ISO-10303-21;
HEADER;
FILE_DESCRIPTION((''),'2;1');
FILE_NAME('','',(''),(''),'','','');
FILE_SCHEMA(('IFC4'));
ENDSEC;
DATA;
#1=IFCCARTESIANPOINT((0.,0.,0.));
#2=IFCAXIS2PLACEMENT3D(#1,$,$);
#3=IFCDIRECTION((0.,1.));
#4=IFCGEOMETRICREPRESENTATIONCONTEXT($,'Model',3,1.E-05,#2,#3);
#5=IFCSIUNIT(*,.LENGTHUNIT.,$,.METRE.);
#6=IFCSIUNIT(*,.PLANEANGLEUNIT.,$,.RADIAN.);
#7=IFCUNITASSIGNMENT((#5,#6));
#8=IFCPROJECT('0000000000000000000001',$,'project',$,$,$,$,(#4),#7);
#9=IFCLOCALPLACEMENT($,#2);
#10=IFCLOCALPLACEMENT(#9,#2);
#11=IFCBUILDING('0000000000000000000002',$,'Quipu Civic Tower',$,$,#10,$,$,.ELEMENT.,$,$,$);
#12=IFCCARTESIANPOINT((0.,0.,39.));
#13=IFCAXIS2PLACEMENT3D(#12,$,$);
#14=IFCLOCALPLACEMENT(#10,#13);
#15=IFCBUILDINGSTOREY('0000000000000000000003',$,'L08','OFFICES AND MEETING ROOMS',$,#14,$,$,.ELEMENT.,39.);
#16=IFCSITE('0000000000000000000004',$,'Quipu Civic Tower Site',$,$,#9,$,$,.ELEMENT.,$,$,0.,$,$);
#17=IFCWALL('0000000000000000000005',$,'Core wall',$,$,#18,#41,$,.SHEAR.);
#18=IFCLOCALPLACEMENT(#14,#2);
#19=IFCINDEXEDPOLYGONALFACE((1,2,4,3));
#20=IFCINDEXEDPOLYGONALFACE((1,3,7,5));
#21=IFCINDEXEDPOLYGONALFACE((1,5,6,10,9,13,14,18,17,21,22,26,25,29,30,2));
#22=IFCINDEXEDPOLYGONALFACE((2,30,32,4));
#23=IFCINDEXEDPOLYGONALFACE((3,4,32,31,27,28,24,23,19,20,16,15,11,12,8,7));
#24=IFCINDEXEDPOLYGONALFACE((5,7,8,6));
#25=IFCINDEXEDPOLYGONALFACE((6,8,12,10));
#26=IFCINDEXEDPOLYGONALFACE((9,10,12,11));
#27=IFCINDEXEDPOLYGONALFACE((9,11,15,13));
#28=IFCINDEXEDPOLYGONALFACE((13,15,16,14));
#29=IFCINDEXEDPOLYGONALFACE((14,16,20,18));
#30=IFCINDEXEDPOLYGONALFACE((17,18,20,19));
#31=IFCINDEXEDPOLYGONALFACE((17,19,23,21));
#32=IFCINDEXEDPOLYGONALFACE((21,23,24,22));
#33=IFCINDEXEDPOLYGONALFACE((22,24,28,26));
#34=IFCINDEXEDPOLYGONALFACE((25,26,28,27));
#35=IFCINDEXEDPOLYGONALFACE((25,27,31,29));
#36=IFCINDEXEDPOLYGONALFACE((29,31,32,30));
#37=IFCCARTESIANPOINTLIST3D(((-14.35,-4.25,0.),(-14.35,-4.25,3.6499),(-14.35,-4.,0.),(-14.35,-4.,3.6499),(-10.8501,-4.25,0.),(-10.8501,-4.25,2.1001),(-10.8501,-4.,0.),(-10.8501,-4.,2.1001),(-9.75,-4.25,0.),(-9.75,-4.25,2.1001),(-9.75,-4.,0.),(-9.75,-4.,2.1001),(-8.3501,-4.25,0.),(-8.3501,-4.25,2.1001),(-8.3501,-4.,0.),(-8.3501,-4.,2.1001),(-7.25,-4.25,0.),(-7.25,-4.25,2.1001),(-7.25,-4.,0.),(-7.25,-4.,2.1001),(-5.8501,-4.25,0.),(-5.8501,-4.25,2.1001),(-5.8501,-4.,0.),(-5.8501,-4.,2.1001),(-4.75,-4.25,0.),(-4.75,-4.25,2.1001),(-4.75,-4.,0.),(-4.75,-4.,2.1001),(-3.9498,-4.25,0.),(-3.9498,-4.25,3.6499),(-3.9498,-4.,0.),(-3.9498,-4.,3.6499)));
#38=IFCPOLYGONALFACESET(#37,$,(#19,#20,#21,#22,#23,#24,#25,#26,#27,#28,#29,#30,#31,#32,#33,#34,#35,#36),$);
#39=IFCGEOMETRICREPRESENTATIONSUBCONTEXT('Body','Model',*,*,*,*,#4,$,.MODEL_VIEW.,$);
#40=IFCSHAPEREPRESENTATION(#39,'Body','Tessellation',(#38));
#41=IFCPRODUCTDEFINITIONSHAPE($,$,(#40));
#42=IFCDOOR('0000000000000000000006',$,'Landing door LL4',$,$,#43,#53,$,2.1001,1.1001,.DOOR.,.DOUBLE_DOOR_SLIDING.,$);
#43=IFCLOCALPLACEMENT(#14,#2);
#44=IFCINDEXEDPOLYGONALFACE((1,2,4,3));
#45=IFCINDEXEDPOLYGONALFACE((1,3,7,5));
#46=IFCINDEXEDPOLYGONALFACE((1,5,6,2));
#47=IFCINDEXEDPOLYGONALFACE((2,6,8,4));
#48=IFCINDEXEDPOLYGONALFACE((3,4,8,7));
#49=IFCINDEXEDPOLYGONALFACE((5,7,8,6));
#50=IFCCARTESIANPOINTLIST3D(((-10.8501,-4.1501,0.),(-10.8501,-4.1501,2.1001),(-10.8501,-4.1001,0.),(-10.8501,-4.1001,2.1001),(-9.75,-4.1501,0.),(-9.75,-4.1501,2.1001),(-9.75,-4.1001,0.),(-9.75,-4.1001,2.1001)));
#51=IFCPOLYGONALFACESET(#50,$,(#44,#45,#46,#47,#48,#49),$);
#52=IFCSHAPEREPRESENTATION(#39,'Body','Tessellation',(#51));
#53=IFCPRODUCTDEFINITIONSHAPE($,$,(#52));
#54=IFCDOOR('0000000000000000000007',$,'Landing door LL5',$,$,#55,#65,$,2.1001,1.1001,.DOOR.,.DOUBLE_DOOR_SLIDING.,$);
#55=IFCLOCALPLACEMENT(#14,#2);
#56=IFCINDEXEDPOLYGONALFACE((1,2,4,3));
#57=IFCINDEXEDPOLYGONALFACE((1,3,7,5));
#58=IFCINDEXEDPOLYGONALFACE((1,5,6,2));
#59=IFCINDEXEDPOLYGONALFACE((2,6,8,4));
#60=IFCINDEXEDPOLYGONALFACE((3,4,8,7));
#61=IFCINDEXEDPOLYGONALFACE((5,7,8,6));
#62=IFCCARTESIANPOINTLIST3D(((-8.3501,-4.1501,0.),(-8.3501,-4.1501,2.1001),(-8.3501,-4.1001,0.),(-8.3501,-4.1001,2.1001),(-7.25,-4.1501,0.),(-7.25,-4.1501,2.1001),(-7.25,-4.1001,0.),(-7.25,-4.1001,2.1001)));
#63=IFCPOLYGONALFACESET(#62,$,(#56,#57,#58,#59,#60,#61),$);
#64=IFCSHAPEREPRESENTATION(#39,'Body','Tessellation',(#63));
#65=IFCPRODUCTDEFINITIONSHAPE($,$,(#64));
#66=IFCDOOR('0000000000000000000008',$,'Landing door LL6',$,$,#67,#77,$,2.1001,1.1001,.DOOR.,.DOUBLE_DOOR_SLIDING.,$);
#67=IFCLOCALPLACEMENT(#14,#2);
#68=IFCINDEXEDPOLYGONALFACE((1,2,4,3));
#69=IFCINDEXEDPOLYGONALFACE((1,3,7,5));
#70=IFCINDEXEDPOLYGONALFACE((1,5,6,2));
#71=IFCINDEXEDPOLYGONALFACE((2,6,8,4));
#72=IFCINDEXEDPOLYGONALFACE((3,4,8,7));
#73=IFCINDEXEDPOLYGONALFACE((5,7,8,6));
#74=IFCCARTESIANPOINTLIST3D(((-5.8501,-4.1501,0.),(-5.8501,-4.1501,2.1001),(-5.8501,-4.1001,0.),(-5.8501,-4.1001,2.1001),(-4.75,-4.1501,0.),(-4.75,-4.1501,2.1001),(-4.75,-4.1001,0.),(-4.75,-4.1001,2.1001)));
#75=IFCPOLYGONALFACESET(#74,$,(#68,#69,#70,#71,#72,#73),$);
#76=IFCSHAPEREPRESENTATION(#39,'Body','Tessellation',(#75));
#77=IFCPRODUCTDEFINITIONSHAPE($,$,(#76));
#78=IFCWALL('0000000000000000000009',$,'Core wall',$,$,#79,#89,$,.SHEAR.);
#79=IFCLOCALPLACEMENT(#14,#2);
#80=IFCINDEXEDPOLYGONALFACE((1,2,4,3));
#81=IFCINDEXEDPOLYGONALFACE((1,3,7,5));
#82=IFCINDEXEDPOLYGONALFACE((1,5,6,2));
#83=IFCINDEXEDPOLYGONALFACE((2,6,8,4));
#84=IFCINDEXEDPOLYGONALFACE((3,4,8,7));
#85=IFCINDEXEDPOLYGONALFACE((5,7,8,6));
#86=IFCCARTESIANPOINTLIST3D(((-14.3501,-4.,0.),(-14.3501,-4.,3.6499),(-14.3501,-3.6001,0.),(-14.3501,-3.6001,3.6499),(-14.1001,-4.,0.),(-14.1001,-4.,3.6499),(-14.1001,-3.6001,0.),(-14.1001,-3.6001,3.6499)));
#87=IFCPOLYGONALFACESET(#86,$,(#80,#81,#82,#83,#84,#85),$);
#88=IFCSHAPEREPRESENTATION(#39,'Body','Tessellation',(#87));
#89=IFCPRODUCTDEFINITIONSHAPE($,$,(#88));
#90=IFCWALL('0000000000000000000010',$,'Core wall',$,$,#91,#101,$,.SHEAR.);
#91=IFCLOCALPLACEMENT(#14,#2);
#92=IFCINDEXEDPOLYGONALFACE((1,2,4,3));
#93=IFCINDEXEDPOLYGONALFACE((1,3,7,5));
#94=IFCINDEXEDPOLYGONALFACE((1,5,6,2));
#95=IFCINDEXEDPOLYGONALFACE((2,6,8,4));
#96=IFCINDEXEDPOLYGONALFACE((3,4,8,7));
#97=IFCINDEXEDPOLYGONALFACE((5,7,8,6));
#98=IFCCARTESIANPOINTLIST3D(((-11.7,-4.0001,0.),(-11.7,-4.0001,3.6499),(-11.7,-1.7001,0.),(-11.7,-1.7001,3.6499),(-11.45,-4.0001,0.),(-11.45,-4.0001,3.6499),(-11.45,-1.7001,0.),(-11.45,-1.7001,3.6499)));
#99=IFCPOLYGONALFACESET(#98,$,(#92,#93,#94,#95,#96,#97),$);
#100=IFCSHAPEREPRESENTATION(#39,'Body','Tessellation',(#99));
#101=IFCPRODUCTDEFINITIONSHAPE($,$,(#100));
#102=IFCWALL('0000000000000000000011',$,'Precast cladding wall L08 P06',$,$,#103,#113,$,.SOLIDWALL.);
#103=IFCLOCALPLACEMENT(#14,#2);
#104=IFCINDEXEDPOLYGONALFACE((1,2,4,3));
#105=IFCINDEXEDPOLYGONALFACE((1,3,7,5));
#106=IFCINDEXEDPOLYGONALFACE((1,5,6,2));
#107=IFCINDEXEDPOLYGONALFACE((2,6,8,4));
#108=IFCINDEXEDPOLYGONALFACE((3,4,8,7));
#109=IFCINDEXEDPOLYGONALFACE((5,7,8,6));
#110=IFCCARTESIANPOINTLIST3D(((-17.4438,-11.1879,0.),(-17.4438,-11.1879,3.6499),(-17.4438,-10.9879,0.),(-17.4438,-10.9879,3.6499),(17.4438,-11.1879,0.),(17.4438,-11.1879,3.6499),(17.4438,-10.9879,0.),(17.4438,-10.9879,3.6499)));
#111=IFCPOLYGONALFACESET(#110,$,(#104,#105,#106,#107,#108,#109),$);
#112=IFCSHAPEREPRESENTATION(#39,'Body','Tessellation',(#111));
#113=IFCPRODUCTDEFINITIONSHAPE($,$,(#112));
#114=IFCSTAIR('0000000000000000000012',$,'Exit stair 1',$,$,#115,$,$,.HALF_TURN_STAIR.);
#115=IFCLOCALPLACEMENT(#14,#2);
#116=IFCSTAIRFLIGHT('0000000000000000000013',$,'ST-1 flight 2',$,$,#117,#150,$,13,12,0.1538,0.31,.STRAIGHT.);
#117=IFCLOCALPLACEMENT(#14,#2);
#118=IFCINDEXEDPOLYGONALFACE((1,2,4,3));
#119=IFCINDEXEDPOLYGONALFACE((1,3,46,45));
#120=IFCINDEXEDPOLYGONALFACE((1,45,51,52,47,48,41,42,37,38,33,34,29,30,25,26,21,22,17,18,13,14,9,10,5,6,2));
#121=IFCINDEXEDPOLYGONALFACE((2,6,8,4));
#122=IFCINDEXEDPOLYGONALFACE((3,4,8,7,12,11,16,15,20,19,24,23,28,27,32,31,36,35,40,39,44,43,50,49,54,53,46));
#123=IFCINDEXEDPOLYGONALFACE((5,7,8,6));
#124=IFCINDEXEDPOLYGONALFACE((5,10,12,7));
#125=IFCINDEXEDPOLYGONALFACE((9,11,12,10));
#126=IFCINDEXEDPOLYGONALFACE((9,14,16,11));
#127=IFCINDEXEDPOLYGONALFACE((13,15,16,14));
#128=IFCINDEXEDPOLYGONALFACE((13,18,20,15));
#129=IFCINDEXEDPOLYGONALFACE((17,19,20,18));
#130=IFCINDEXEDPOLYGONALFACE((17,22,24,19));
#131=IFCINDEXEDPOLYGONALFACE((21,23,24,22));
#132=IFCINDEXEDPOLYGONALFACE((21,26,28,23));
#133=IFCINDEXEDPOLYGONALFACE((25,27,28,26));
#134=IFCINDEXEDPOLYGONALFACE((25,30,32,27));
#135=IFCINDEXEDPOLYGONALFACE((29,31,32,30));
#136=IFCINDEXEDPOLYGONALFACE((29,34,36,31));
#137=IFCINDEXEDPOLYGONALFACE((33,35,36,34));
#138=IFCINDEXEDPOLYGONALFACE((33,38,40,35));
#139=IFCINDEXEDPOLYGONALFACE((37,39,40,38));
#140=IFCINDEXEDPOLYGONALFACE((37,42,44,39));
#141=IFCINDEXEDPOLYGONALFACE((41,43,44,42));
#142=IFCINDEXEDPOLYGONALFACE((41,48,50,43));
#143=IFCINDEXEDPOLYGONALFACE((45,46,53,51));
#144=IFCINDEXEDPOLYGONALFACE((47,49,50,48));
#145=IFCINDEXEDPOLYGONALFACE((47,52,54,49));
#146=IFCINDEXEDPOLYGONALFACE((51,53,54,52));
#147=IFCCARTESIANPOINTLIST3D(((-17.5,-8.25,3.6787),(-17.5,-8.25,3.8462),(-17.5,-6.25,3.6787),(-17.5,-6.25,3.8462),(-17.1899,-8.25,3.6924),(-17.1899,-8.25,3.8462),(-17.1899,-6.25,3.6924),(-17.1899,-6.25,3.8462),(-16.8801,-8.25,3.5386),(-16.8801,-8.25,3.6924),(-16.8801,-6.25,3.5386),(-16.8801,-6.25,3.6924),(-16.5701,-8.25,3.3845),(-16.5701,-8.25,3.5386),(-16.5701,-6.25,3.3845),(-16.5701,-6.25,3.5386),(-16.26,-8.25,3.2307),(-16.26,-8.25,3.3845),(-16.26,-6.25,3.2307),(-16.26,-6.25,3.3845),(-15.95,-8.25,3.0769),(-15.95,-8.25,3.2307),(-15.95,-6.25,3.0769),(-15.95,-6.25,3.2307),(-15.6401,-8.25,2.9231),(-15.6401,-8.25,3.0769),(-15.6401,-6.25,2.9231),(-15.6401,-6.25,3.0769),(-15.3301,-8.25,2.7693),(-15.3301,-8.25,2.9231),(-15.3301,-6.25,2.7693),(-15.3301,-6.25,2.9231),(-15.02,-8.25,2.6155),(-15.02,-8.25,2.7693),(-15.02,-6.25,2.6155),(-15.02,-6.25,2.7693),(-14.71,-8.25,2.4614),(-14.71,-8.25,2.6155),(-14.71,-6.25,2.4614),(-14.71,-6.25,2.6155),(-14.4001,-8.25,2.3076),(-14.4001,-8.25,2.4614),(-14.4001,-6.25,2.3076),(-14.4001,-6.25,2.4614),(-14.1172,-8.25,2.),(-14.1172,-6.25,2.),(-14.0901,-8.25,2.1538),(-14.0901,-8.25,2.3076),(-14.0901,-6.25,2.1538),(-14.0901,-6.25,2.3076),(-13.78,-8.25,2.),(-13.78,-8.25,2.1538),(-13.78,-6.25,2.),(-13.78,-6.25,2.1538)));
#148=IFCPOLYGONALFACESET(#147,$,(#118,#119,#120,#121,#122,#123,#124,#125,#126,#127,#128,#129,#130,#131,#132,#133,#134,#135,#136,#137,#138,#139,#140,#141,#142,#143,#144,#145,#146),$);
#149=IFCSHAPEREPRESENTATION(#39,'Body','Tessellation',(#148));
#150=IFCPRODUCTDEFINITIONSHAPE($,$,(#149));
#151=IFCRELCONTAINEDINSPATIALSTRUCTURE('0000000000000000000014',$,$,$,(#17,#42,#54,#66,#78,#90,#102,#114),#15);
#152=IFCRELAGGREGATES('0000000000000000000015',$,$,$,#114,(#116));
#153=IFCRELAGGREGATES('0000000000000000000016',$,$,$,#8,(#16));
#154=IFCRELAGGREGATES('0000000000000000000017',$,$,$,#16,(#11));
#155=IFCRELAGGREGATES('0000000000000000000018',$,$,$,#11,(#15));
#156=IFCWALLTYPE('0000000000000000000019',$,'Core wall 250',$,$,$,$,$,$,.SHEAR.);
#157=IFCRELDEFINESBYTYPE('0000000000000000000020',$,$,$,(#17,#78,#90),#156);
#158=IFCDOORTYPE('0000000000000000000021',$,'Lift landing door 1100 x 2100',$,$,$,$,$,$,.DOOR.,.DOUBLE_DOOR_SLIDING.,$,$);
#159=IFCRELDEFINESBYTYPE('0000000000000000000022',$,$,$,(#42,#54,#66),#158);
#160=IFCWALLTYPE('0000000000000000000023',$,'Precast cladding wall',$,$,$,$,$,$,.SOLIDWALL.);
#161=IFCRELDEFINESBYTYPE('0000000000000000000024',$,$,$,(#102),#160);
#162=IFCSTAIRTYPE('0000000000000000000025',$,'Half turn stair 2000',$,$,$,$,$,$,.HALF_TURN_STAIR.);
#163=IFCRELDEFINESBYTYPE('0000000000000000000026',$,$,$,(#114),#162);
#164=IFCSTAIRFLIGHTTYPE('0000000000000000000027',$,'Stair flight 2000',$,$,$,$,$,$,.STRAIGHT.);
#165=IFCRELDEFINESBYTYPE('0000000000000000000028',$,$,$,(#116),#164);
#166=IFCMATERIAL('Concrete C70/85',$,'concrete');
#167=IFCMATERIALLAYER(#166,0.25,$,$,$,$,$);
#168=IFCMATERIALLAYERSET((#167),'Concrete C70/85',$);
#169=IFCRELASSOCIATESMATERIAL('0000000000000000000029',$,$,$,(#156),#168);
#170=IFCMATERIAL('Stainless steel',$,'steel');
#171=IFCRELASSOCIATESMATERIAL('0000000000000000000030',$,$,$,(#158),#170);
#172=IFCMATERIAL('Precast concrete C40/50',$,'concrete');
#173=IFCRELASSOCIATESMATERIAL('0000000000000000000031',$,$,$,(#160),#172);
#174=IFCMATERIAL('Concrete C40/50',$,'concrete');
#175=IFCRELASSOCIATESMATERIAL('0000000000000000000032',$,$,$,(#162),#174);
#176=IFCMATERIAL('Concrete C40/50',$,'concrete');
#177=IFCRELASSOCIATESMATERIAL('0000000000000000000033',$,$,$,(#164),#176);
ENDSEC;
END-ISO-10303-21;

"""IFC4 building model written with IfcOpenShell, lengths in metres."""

from ifc_helpers import new_model, si_unit, direction, frame, frame_2d, origin, place, context, subcontext, project, spatial, polyline, rectangle, outline, extrude, material, layer, layer_set, type_object, element, fill, aggregate, save


model = new_model("IFC4")

# Units and contexts
model_context = context("Model", 3, precision=1e-05, world=origin(), true_north=direction((0.0, 1.0)))
body_context = subcontext(model_context, "Body", "Model", "MODEL_VIEW")
ifc_project = project(units=[si_unit("LENGTHUNIT", "METRE"), si_unit("PLANEANGLEUNIT", "RADIAN")], contexts=[model_context])

# Site, building, storey
site_placement = place(None, origin())
site = spatial("IfcSite", under=ifc_project, at=site_placement, Name="Quipu Civic Tower Site", CompositionType="ELEMENT", RefElevation=0.0)
building_placement = place(site_placement, origin())
building = spatial("IfcBuilding", under=site, at=building_placement, Name="Quipu Civic Tower", CompositionType="ELEMENT")
storey_placement = place(building_placement, frame((0.0, 0.0, 39.0)))
storey = spatial("IfcBuildingStorey", under=building, at=storey_placement, Name="L08", Description="OFFICES AND MEETING ROOMS", CompositionType="ELEMENT", Elevation=39.0)

# Shared definitions
ifc_material_1 = material(Name="Concrete C70/85", Category="concrete")
ifc_layer = layer(ifc_material_1, 0.25)
ifc_layer_set = layer_set([ifc_layer], Name="Concrete C70/85")
wall_type_1 = type_object("IfcWallType", Name="Core wall 250", PredefinedType="SHEAR", material=ifc_layer_set)

# Wall, openings, doors
wall_1_placement = place(storey_placement, frame((-14.3501, -4.125, 0.0), z_axis=(0.0, 0.0, 1.0), x_axis=(1.0, 0.0, 0.0)))
wall_1 = element("IfcWall", 1, at=wall_1_placement, inside=storey, type_object=wall_type_1, Name="Core wall", PredefinedType="SHEAR", context=body_context, shape_type="SweptSolid", body=[
    extrude(rectangle(XDim=10.4001, YDim=0.25, at=frame_2d((5.2002, 0.0))), origin(), (0.0, 0.0, 1.0), 3.6499),
])
opening_1_placement = place(wall_1_placement, frame((3.5, 0.0, 0.0)))
opening_1 = element("IfcOpeningElement", 2, at=opening_1_placement, cuts=wall_1, PredefinedType="OPENING", context=body_context, shape_type="SweptSolid", body=[
    extrude(rectangle(XDim=1.1001, YDim=2.1001, at=frame_2d((0.55, 1.05))), frame((0.0, 0.135, 0.0), z_axis=(0.0, -1.0, 0.0), x_axis=(1.0, 0.0, 0.0)), (0.0, 0.0, 1.0), 0.27),
])
opening_2_placement = place(wall_1_placement, frame((6.0, 0.0, 0.0)))
opening_2 = element("IfcOpeningElement", 3, at=opening_2_placement, cuts=wall_1, PredefinedType="OPENING", context=body_context, shape_type="SweptSolid", body=[
    extrude(rectangle(XDim=1.1001, YDim=2.1001, at=frame_2d((0.55, 1.05))), frame((0.0, 0.135, 0.0), z_axis=(0.0, -1.0, 0.0), x_axis=(1.0, 0.0, 0.0)), (0.0, 0.0, 1.0), 0.27),
])
opening_3_placement = place(wall_1_placement, frame((8.5, 0.0, 0.0)))
opening_3 = element("IfcOpeningElement", 4, at=opening_3_placement, cuts=wall_1, PredefinedType="OPENING", context=body_context, shape_type="SweptSolid", body=[
    extrude(rectangle(XDim=1.1001, YDim=2.1001, at=frame_2d((0.55, 1.05))), frame((0.0, 0.135, 0.0), z_axis=(0.0, -1.0, 0.0), x_axis=(1.0, 0.0, 0.0)), (0.0, 0.0, 1.0), 0.27),
])
ifc_material_2 = material(Name="Stainless steel", Category="steel")
door_type_1 = type_object("IfcDoorType", Name="Lift landing door 1100 x 2100", OperationType="DOUBLE_DOOR_SLIDING", PredefinedType="DOOR", material=ifc_material_2)
door_1_placement = place(opening_1_placement, origin())
door_1 = element("IfcDoor", 5, at=door_1_placement, inside=storey, type_object=door_type_1, Name="Landing door LL4", OperationType="DOUBLE_DOOR_SLIDING", OverallHeight=2.1001, OverallWidth=1.1001, PredefinedType="DOOR", context=body_context, shape_type="SweptSolid", body=[
    extrude(rectangle(XDim=1.1001, YDim=2.1001, at=frame_2d((0.55, 1.05))), frame((0.0, 0.0249, 0.0), z_axis=(0.0, -1.0, 0.0), x_axis=(1.0, 0.0, 0.0)), (0.0, 0.0, 1.0), 0.05),
])
fill(opening_1, door_1)
door_2_placement = place(opening_2_placement, origin())
door_2 = element("IfcDoor", 6, at=door_2_placement, inside=storey, type_object=door_type_1, Name="Landing door LL5", OperationType="DOUBLE_DOOR_SLIDING", OverallHeight=2.1001, OverallWidth=1.1001, PredefinedType="DOOR", context=body_context, shape_type="SweptSolid", body=[
    extrude(rectangle(XDim=1.1001, YDim=2.1001, at=frame_2d((0.55, 1.05))), frame((0.0, 0.0249, 0.0), z_axis=(0.0, -1.0, 0.0), x_axis=(1.0, 0.0, 0.0)), (0.0, 0.0, 1.0), 0.05),
])
fill(opening_2, door_2)
door_3_placement = place(opening_3_placement, origin())
door_3 = element("IfcDoor", 7, at=door_3_placement, inside=storey, type_object=door_type_1, Name="Landing door LL6", OperationType="DOUBLE_DOOR_SLIDING", OverallHeight=2.1001, OverallWidth=1.1001, PredefinedType="DOOR", context=body_context, shape_type="SweptSolid", body=[
    extrude(rectangle(XDim=1.1001, YDim=2.1001, at=frame_2d((0.55, 1.05))), frame((0.0, 0.0249, 0.0), z_axis=(0.0, -1.0, 0.0), x_axis=(1.0, 0.0, 0.0)), (0.0, 0.0, 1.0), 0.05),
])
fill(opening_3, door_3)

# Walls
wall_2_placement = place(storey_placement, frame((-14.2251, -4.0, 0.0), z_axis=(0.0, 0.0, 1.0), x_axis=(0.0, 1.0, 0.0)))
element("IfcWall", 8, at=wall_2_placement, inside=storey, type_object=wall_type_1, Name="Core wall", PredefinedType="SHEAR", context=body_context, shape_type="SweptSolid", body=[
    extrude(rectangle(XDim=0.3999, YDim=0.25, at=frame_2d((0.2, 0.0))), origin(), (0.0, 0.0, 1.0), 3.6499),
])
wall_3_placement = place(storey_placement, frame((-11.575, -4.0, 0.0), z_axis=(0.0, 0.0, 1.0), x_axis=(0.0, 1.0, 0.0)))
element("IfcWall", 9, at=wall_3_placement, inside=storey, type_object=wall_type_1, Name="Core wall", PredefinedType="SHEAR", context=body_context, shape_type="SweptSolid", body=[
    extrude(rectangle(XDim=2.3, YDim=0.25, at=frame_2d((1.1499, 0.0))), origin(), (0.0, 0.0, 1.0), 3.6499),
])
ifc_material_3 = material(Name="Precast concrete C40/50", Category="concrete")
wall_type_2 = type_object("IfcWallType", Name="Precast cladding wall", PredefinedType="SOLIDWALL", material=ifc_material_3)
wall_4_placement = place(storey_placement, frame((-17.4438, -11.0879, 0.0), z_axis=(0.0, 0.0, 1.0), x_axis=(1.0, 0.0, 0.0)))
element("IfcWall", 10, at=wall_4_placement, inside=storey, type_object=wall_type_2, Name="Precast cladding wall L08 P06", PredefinedType="SOLIDWALL", context=body_context, shape_type="SweptSolid", body=[
    extrude(rectangle(XDim=34.8877, YDim=0.2, at=frame_2d((17.4438, 0.0))), origin(), (0.0, 0.0, 1.0), 3.6499),
])

# Stair, stair flight
ifc_material_4 = material(Name="Concrete C40/50", Category="concrete")
stair_type = type_object("IfcStairType", Name="Half turn stair 2000", PredefinedType="HALF_TURN_STAIR", material=ifc_material_4)
stair_placement = place(storey_placement, origin())
stair = element("IfcStair", 11, at=stair_placement, inside=storey, type_object=stair_type, Name="Exit stair 1", PredefinedType="HALF_TURN_STAIR")
ifc_material_5 = material(Name="Concrete C40/50", Category="concrete")
stair_flight_type = type_object("IfcStairFlightType", Name="Stair flight 2000", PredefinedType="STRAIGHT", material=ifc_material_5)
stair_flight_placement = place(storey_placement, frame((-13.78, -7.25, 2.0), z_axis=(0.0, 0.0, 1.0), x_axis=(-1.0, 0.0, 0.0)))
stair_flight = element("IfcStairFlight", 12, at=stair_flight_placement, type_object=stair_flight_type, Name="ST-1 flight 2", NumberOfRisers=13, NumberOfTreads=12, PredefinedType="STRAIGHT", RiserHeight=0.1538, TreadLength=0.31, context=body_context, shape_type="SweptSolid", body=[
    extrude(outline(polyline([(0.0, 0.0), (0.0, 0.1538), (0.3101, 0.1538), (0.3101, 0.3076), (0.6201, 0.3076), (0.6201, 0.4614), (0.9299, 0.4614), (0.9299, 0.6155), (1.24, 0.6155), (1.24, 0.7693), (1.55, 0.7693), (1.55, 0.9231), (1.8601, 0.9231), (1.8601, 1.0769), (2.1699, 1.0769), (2.1699, 1.2307), (2.48, 1.2307), (2.48, 1.3845), (2.79, 1.3845), (2.79, 1.5386), (3.1001, 1.5386), (3.1001, 1.6924), (3.4099, 1.6924), (3.4099, 1.8462), (3.72, 1.8462), (3.72, 2.0), (3.72, 1.6787), (0.3372, 0.0), (0.0, 0.0)])), frame((0.0, 1.0, 0.0), z_axis=(0.0, -1.0, 0.0), x_axis=(1.0, 0.0, 0.0)), (0.0, 0.0, 1.0), 2.0),
])
aggregate(stair, [stair_flight])

save(model, "model.ifc")
